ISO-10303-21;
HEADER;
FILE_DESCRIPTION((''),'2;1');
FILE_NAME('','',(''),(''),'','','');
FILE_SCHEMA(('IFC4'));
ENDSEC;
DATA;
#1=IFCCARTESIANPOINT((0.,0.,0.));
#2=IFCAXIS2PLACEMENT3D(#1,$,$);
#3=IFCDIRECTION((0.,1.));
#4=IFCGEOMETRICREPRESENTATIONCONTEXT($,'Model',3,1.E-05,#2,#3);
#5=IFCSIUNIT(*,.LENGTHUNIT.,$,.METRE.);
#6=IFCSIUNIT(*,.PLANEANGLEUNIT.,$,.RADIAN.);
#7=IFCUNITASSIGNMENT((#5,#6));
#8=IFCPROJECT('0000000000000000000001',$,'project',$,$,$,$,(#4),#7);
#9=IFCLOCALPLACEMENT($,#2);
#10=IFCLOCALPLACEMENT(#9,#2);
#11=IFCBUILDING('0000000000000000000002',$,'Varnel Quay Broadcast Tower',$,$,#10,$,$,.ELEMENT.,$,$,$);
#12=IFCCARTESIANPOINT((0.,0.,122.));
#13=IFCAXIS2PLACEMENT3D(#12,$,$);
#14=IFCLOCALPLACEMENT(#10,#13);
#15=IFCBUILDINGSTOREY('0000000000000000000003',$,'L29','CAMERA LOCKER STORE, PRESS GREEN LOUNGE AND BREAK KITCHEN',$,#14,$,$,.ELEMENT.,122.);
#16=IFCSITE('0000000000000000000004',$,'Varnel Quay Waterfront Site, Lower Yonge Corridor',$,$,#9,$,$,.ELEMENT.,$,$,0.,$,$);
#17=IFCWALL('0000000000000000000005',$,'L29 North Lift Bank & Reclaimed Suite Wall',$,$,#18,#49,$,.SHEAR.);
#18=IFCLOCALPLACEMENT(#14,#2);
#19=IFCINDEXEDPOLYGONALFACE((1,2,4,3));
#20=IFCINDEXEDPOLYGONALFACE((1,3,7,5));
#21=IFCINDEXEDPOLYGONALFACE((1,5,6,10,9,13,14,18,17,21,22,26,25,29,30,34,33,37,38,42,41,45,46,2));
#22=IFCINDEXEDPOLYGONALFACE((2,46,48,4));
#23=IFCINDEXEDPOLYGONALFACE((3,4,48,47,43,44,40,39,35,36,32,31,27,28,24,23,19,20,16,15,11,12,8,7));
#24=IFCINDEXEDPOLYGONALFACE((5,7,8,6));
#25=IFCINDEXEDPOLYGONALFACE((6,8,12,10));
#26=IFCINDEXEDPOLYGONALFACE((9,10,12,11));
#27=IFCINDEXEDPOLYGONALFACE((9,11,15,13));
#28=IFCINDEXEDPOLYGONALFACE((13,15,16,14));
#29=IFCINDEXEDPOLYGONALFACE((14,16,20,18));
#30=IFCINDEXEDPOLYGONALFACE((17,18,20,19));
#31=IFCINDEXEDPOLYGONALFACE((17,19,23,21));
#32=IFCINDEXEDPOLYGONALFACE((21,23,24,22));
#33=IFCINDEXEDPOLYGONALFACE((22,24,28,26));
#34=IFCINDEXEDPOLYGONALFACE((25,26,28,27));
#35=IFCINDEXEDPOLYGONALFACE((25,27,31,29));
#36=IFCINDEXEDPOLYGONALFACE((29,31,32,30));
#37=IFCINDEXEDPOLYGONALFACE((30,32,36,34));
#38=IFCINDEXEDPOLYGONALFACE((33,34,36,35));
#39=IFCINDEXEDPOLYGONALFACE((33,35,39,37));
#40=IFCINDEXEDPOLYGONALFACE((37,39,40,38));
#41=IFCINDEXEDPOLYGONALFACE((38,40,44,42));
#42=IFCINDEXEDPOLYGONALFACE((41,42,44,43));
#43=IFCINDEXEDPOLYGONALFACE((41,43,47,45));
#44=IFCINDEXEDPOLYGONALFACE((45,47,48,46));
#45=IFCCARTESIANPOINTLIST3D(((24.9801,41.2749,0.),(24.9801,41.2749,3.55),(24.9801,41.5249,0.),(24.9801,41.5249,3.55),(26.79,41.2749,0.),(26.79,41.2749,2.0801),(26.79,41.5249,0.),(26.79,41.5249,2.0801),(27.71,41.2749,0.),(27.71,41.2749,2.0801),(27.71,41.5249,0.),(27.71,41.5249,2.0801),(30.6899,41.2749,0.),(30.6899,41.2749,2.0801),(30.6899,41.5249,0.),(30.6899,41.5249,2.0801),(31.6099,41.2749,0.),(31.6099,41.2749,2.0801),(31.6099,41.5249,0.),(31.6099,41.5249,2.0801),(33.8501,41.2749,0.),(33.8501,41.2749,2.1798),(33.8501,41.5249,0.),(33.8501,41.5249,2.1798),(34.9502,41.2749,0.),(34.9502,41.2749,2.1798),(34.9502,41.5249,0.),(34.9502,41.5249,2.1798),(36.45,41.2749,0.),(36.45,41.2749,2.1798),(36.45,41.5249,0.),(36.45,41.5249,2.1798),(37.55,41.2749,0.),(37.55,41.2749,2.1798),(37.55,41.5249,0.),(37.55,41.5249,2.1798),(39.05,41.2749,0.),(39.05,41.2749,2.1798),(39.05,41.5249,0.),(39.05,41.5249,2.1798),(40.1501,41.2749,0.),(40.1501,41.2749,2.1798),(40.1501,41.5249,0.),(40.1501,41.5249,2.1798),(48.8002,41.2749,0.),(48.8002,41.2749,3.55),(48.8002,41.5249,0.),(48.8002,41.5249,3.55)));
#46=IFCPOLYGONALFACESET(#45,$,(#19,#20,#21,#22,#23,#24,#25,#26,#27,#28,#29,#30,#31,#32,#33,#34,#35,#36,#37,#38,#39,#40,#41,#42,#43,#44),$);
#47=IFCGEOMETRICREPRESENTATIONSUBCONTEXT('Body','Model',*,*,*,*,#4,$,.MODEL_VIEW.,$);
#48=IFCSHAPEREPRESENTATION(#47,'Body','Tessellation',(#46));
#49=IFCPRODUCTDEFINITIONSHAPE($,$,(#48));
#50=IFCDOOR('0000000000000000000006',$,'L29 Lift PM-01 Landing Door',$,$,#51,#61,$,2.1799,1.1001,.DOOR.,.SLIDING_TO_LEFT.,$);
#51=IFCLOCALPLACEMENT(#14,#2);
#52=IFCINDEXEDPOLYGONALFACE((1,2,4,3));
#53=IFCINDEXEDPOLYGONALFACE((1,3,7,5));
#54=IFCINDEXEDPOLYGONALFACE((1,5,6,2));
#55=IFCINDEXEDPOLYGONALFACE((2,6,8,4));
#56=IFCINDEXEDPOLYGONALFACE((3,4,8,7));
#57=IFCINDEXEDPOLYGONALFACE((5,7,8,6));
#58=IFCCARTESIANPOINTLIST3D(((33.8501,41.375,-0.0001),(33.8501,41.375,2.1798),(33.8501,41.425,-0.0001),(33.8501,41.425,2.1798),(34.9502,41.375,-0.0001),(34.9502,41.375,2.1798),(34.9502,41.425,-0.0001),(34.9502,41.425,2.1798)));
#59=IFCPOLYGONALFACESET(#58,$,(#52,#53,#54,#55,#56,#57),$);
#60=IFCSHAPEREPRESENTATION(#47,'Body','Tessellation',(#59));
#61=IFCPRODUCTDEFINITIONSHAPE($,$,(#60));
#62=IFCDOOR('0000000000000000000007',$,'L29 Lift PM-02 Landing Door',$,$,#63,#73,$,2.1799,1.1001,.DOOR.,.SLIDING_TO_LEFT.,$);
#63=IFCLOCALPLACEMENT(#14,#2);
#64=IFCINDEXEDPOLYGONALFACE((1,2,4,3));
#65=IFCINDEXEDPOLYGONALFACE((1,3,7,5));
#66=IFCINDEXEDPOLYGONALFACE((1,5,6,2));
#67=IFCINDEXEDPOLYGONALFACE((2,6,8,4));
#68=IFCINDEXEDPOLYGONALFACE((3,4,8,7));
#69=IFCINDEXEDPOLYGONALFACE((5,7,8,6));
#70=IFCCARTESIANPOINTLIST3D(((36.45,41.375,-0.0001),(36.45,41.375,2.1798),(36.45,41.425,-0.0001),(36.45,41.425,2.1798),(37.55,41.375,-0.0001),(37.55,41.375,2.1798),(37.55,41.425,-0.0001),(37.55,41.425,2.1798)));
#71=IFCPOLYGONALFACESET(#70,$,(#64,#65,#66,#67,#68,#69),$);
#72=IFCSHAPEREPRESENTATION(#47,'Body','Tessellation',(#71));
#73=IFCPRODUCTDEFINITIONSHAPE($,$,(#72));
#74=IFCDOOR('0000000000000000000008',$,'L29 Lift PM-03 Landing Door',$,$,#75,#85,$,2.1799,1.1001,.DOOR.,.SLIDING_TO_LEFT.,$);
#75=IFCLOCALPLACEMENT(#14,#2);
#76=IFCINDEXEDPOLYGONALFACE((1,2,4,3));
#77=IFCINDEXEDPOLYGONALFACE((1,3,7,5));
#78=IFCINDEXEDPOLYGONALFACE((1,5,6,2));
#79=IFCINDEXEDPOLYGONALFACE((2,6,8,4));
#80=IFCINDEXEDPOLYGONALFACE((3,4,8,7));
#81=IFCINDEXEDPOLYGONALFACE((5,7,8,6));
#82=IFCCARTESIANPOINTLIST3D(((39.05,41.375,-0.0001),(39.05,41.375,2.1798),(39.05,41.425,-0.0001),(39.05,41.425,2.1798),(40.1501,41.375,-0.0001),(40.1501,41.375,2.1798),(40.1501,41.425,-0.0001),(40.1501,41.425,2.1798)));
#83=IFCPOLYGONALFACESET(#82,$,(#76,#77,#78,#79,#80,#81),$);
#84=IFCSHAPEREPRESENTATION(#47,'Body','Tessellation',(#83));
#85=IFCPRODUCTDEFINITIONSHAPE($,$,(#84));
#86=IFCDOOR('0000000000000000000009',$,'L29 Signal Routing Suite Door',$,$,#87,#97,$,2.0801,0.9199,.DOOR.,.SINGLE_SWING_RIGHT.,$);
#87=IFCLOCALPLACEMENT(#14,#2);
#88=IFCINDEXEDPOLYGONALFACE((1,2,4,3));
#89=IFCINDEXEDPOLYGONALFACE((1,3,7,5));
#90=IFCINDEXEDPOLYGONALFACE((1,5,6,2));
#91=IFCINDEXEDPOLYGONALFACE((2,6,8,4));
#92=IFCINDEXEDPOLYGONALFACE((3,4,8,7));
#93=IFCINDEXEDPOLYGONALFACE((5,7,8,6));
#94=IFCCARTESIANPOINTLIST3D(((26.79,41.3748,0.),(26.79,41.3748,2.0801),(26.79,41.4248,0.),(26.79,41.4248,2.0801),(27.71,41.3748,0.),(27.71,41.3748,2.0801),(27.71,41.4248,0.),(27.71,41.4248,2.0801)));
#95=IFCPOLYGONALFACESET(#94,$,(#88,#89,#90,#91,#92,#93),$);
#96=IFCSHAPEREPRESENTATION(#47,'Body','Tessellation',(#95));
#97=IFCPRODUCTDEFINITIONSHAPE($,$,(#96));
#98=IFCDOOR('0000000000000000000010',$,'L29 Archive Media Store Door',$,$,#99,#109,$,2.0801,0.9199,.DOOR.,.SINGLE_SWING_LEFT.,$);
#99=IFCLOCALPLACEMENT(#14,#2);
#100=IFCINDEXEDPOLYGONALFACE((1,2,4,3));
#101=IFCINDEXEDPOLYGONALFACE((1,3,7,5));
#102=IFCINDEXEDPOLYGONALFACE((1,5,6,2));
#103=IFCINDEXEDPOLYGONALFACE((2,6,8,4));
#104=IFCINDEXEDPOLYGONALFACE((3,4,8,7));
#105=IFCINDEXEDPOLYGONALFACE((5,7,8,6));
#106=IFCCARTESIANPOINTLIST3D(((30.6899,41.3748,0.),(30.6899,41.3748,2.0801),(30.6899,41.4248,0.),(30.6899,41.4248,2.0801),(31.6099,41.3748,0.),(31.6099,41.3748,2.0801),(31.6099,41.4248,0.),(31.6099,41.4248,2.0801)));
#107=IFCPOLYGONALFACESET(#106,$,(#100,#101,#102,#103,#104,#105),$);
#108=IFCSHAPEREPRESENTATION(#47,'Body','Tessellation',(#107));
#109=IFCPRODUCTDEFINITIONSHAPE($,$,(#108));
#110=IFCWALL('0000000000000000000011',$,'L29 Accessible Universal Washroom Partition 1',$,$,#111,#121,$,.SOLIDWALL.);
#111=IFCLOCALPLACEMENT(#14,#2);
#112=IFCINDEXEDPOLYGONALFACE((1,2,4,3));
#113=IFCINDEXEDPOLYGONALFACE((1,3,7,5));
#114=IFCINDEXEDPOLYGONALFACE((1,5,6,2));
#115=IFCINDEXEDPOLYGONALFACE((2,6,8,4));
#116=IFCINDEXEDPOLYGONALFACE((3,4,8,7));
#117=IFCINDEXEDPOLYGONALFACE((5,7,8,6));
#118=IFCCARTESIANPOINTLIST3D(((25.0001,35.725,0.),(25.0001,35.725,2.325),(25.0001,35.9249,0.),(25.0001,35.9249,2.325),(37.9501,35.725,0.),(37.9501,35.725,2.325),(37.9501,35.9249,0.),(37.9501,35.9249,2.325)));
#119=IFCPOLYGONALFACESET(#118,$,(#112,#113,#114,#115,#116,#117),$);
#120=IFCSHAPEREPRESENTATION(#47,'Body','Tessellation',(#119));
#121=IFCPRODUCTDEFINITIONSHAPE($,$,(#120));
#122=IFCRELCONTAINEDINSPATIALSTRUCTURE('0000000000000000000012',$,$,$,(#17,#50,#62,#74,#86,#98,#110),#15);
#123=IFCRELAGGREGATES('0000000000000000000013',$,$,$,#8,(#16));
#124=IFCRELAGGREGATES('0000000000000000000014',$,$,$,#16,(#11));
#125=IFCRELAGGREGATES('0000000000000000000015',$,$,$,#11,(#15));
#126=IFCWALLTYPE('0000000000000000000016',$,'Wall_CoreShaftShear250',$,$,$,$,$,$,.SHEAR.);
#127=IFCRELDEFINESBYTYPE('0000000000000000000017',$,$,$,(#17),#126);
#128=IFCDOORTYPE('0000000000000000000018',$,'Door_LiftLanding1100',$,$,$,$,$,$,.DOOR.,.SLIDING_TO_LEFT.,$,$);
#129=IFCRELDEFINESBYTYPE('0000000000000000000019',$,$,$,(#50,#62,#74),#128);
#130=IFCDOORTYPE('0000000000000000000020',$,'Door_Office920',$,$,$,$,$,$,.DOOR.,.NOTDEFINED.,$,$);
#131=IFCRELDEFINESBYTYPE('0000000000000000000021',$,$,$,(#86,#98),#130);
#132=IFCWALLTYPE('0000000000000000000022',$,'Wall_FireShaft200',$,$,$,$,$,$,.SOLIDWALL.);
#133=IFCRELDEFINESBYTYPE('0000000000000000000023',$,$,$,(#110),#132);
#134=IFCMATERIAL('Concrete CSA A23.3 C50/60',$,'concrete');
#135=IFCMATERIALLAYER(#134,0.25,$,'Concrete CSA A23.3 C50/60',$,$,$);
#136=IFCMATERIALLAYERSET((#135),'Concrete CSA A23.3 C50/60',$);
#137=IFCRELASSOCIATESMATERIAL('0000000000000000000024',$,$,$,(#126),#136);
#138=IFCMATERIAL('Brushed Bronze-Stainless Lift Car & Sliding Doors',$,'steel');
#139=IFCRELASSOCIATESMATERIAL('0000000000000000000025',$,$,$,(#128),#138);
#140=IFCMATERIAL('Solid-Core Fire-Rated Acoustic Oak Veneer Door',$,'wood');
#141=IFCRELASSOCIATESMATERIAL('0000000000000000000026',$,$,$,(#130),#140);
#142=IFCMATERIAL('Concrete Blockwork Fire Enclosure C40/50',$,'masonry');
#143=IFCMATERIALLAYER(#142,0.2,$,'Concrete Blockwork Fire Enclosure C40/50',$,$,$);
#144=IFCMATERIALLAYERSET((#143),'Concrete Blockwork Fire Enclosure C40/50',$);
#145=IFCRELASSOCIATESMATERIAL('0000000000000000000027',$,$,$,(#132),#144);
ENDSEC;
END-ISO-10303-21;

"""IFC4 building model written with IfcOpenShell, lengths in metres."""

from ifc_helpers import new_model, si_unit, direction, frame, frame_2d, origin, place, context, subcontext, project, spatial, rectangle, extrude, source, transform, mapped, material, layer, layer_set, type_object, type_shapes, element, fill, save


model = new_model("IFC4")

# Units and contexts
model_context = context("Model", 3, precision=1e-05, world=origin(), true_north=direction((0.0, 1.0)))
body_context = subcontext(model_context, "Body", "Model", "MODEL_VIEW")
ifc_project = project(units=[si_unit("LENGTHUNIT", "METRE"), si_unit("PLANEANGLEUNIT", "RADIAN")], contexts=[model_context])

# Site, building, storey
site_placement = place(None, origin())
site = spatial("IfcSite", under=ifc_project, at=site_placement, Name="Varnel Quay Waterfront Site, Lower Yonge Corridor", CompositionType="ELEMENT", RefElevation=0.0)
building_placement = place(site_placement, origin())
building = spatial("IfcBuilding", under=site, at=building_placement, Name="Varnel Quay Broadcast Tower", CompositionType="ELEMENT")
storey_placement = place(building_placement, frame((0.0, 0.0, 122.0)))
storey = spatial("IfcBuildingStorey", under=building, at=storey_placement, Name="L29", Description="CAMERA LOCKER STORE, PRESS GREEN LOUNGE AND BREAK KITCHEN", CompositionType="ELEMENT", Elevation=122.0)

# Shared definitions
ifc_material_1 = material(Name="Concrete CSA A23.3 C50/60", Category="concrete")

# Wall, openings, doors
ifc_layer_1 = layer(ifc_material_1, 0.25, Name="Concrete CSA A23.3 C50/60")
ifc_layer_set_1 = layer_set([ifc_layer_1], Name="Concrete CSA A23.3 C50/60")
wall_type_1 = type_object("IfcWallType", Name="Wall_CoreShaftShear250", PredefinedType="SHEAR", material=ifc_layer_set_1)
wall_1_placement = place(storey_placement, frame((24.98, 41.3999, 0.0), z_axis=(0.0, 0.0, 1.0), x_axis=(1.0, 0.0, 0.0)))
wall_1 = element("IfcWall", 1, at=wall_1_placement, inside=storey, type_object=wall_type_1, Name="L29 North Lift Bank & Reclaimed Suite Wall", PredefinedType="SHEAR", context=body_context, shape_type="SweptSolid", body=[
    extrude(rectangle(XDim=23.8201, YDim=0.25, at=frame_2d((11.9102, 0.0))), origin(), (0.0, 0.0, 1.0), 3.55),
])
opening_1_placement = place(wall_1_placement, frame((8.8701, 0.0, 0.0)))
opening_1 = element("IfcOpeningElement", 2, at=opening_1_placement, cuts=wall_1, PredefinedType="OPENING", context=body_context, shape_type="SweptSolid", body=[
    extrude(rectangle(XDim=1.1001, YDim=2.1799, at=frame_2d((0.55, 1.0898))), frame((0.0, 0.135, 0.0), z_axis=(0.0, -1.0, 0.0), x_axis=(1.0, 0.0, 0.0)), (0.0, 0.0, 1.0), 0.27),
])
opening_2_placement = place(wall_1_placement, frame((11.47, 0.0, 0.0)))
opening_2 = element("IfcOpeningElement", 3, at=opening_2_placement, cuts=wall_1, PredefinedType="OPENING", context=body_context, shape_type="SweptSolid", body=[
    extrude(rectangle(XDim=1.1001, YDim=2.1799, at=frame_2d((0.55, 1.0898))), frame((0.0, 0.135, 0.0), z_axis=(0.0, -1.0, 0.0), x_axis=(1.0, 0.0, 0.0)), (0.0, 0.0, 1.0), 0.27),
])
opening_3_placement = place(wall_1_placement, frame((14.0701, 0.0, 0.0)))
opening_3 = element("IfcOpeningElement", 4, at=opening_3_placement, cuts=wall_1, PredefinedType="OPENING", context=body_context, shape_type="SweptSolid", body=[
    extrude(rectangle(XDim=1.1001, YDim=2.1799, at=frame_2d((0.55, 1.0898))), frame((0.0, 0.135, 0.0), z_axis=(0.0, -1.0, 0.0), x_axis=(1.0, 0.0, 0.0)), (0.0, 0.0, 1.0), 0.27),
])
opening_4_placement = place(wall_1_placement, frame((1.8101, 0.0, 0.0)))
opening_4 = element("IfcOpeningElement", 5, at=opening_4_placement, cuts=wall_1, PredefinedType="OPENING", context=body_context, shape_type="SweptSolid", body=[
    extrude(rectangle(XDim=0.9199, YDim=2.0801, at=frame_2d((0.46, 1.04))), frame((0.0, 0.135, 0.0), z_axis=(0.0, -1.0, 0.0), x_axis=(1.0, 0.0, 0.0)), (0.0, 0.0, 1.0), 0.27),
])
opening_5_placement = place(wall_1_placement, frame((5.71, 0.0, 0.0)))
opening_5 = element("IfcOpeningElement", 6, at=opening_5_placement, cuts=wall_1, PredefinedType="OPENING", context=body_context, shape_type="SweptSolid", body=[
    extrude(rectangle(XDim=0.9199, YDim=2.0801, at=frame_2d((0.46, 1.04))), frame((0.0, 0.135, 0.0), z_axis=(0.0, -1.0, 0.0), x_axis=(1.0, 0.0, 0.0)), (0.0, 0.0, 1.0), 0.27),
])
ifc_material_2 = material(Name="Brushed Bronze-Stainless Lift Car & Sliding Doors", Category="steel")
door_type_1 = type_object("IfcDoorType", Name="Door_LiftLanding1100", OperationType="SLIDING_TO_LEFT", PredefinedType="DOOR", material=ifc_material_2)
shared_shape_1 = source(origin(), body_context, "Body", "SweptSolid", [
    extrude(rectangle(XDim=1.1001, YDim=2.1799, at=frame_2d((0.55, 1.0898))), frame((0.0, 0.0249, 0.0), z_axis=(0.0, -1.0, 0.0), x_axis=(1.0, 0.0, 0.0)), (0.0, 0.0, 1.0), 0.05),
])
type_shapes(door_type_1, [shared_shape_1])
door_1_placement = place(opening_1_placement, frame((1.1001, 0.0, 0.0), z_axis=(0.0, 0.0, 1.0), x_axis=(-1.0, 0.0, 0.0)))
door_1 = element("IfcDoor", 7, at=door_1_placement, inside=storey, type_object=door_type_1, Name="L29 Lift PM-01 Landing Door", OperationType="SLIDING_TO_LEFT", OverallHeight=2.1799, OverallWidth=1.1001, PredefinedType="DOOR", context=body_context, shape_type="MappedRepresentation", body=[
    mapped(shared_shape_1, transform((0.0, 0.0, 0.0), x_axis=(1.0, 0.0, 0.0), y_axis=(0.0, 1.0, 0.0), z_axis=(0.0, 0.0, 1.0), scale=1.0)),
])
fill(opening_1, door_1)
door_2_placement = place(opening_2_placement, frame((1.1001, 0.0, 0.0), z_axis=(0.0, 0.0, 1.0), x_axis=(-1.0, 0.0, 0.0)))
door_2 = element("IfcDoor", 8, at=door_2_placement, inside=storey, type_object=door_type_1, Name="L29 Lift PM-02 Landing Door", OperationType="SLIDING_TO_LEFT", OverallHeight=2.1799, OverallWidth=1.1001, PredefinedType="DOOR", context=body_context, shape_type="MappedRepresentation", body=[
    mapped(shared_shape_1, transform((0.0, 0.0, 0.0), x_axis=(1.0, 0.0, 0.0), y_axis=(0.0, 1.0, 0.0), z_axis=(0.0, 0.0, 1.0), scale=1.0)),
])
fill(opening_2, door_2)
door_3_placement = place(opening_3_placement, frame((1.1001, 0.0, 0.0), z_axis=(0.0, 0.0, 1.0), x_axis=(-1.0, 0.0, 0.0)))
door_3 = element("IfcDoor", 9, at=door_3_placement, inside=storey, type_object=door_type_1, Name="L29 Lift PM-03 Landing Door", OperationType="SLIDING_TO_LEFT", OverallHeight=2.1799, OverallWidth=1.1001, PredefinedType="DOOR", context=body_context, shape_type="MappedRepresentation", body=[
    mapped(shared_shape_1, transform((0.0, 0.0, 0.0), x_axis=(1.0, 0.0, 0.0), y_axis=(0.0, 1.0, 0.0), z_axis=(0.0, 0.0, 1.0), scale=1.0)),
])
fill(opening_3, door_3)
ifc_material_3 = material(Name="Solid-Core Fire-Rated Acoustic Oak Veneer Door", Category="wood")
door_type_2 = type_object("IfcDoorType", Name="Door_Office920", OperationType="NOTDEFINED", PredefinedType="DOOR", material=ifc_material_3)
shared_shape_2 = source(origin(), body_context, "Body", "SweptSolid", [
    extrude(rectangle(XDim=0.9199, YDim=2.0801, at=frame_2d((0.46, 1.04))), frame((0.0, 0.0249, 0.0), z_axis=(0.0, -1.0, 0.0), x_axis=(1.0, 0.0, 0.0)), (0.0, 0.0, 1.0), 0.05),
])
type_shapes(door_type_2, [shared_shape_2])
door_4_placement = place(opening_4_placement, origin())
door_4 = element("IfcDoor", 10, at=door_4_placement, inside=storey, type_object=door_type_2, Name="L29 Signal Routing Suite Door", OperationType="SINGLE_SWING_RIGHT", OverallHeight=2.0801, OverallWidth=0.9199, PredefinedType="DOOR", context=body_context, shape_type="MappedRepresentation", body=[
    mapped(shared_shape_2, transform((0.0, 0.0, 0.0), x_axis=(1.0, 0.0, 0.0), y_axis=(0.0, 1.0, 0.0), z_axis=(0.0, 0.0, 1.0), scale=1.0)),
])
fill(opening_4, door_4)
door_5_placement = place(opening_5_placement, origin())
door_5 = element("IfcDoor", 11, at=door_5_placement, inside=storey, type_object=door_type_2, Name="L29 Archive Media Store Door", OperationType="SINGLE_SWING_LEFT", OverallHeight=2.0801, OverallWidth=0.9199, PredefinedType="DOOR", context=body_context, shape_type="MappedRepresentation", body=[
    mapped(shared_shape_2, transform((0.0, 0.0, 0.0), x_axis=(1.0, 0.0, 0.0), y_axis=(0.0, 1.0, 0.0), z_axis=(0.0, 0.0, 1.0), scale=1.0)),
])
fill(opening_5, door_5)

# Wall
ifc_material_4 = material(Name="Concrete Blockwork Fire Enclosure C40/50", Category="masonry")
ifc_layer_2 = layer(ifc_material_4, 0.2, Name="Concrete Blockwork Fire Enclosure C40/50")
ifc_layer_set_2 = layer_set([ifc_layer_2], Name="Concrete Blockwork Fire Enclosure C40/50")
wall_type_2 = type_object("IfcWallType", Name="Wall_FireShaft200", PredefinedType="SOLIDWALL", material=ifc_layer_set_2)
wall_2_placement = place(storey_placement, frame((25.0, 35.825, 0.0), z_axis=(0.0, 0.0, 1.0), x_axis=(1.0, 0.0, 0.0)))
element("IfcWall", 12, at=wall_2_placement, inside=storey, type_object=wall_type_2, Name="L29 Accessible Universal Washroom Partition 1", PredefinedType="SOLIDWALL", context=body_context, shape_type="SweptSolid", body=[
    extrude(rectangle(XDim=12.95, YDim=0.2, at=frame_2d((6.4751, 0.0))), origin(), (0.0, 0.0, 1.0), 2.325),
])

save(model, "model.ifc")
